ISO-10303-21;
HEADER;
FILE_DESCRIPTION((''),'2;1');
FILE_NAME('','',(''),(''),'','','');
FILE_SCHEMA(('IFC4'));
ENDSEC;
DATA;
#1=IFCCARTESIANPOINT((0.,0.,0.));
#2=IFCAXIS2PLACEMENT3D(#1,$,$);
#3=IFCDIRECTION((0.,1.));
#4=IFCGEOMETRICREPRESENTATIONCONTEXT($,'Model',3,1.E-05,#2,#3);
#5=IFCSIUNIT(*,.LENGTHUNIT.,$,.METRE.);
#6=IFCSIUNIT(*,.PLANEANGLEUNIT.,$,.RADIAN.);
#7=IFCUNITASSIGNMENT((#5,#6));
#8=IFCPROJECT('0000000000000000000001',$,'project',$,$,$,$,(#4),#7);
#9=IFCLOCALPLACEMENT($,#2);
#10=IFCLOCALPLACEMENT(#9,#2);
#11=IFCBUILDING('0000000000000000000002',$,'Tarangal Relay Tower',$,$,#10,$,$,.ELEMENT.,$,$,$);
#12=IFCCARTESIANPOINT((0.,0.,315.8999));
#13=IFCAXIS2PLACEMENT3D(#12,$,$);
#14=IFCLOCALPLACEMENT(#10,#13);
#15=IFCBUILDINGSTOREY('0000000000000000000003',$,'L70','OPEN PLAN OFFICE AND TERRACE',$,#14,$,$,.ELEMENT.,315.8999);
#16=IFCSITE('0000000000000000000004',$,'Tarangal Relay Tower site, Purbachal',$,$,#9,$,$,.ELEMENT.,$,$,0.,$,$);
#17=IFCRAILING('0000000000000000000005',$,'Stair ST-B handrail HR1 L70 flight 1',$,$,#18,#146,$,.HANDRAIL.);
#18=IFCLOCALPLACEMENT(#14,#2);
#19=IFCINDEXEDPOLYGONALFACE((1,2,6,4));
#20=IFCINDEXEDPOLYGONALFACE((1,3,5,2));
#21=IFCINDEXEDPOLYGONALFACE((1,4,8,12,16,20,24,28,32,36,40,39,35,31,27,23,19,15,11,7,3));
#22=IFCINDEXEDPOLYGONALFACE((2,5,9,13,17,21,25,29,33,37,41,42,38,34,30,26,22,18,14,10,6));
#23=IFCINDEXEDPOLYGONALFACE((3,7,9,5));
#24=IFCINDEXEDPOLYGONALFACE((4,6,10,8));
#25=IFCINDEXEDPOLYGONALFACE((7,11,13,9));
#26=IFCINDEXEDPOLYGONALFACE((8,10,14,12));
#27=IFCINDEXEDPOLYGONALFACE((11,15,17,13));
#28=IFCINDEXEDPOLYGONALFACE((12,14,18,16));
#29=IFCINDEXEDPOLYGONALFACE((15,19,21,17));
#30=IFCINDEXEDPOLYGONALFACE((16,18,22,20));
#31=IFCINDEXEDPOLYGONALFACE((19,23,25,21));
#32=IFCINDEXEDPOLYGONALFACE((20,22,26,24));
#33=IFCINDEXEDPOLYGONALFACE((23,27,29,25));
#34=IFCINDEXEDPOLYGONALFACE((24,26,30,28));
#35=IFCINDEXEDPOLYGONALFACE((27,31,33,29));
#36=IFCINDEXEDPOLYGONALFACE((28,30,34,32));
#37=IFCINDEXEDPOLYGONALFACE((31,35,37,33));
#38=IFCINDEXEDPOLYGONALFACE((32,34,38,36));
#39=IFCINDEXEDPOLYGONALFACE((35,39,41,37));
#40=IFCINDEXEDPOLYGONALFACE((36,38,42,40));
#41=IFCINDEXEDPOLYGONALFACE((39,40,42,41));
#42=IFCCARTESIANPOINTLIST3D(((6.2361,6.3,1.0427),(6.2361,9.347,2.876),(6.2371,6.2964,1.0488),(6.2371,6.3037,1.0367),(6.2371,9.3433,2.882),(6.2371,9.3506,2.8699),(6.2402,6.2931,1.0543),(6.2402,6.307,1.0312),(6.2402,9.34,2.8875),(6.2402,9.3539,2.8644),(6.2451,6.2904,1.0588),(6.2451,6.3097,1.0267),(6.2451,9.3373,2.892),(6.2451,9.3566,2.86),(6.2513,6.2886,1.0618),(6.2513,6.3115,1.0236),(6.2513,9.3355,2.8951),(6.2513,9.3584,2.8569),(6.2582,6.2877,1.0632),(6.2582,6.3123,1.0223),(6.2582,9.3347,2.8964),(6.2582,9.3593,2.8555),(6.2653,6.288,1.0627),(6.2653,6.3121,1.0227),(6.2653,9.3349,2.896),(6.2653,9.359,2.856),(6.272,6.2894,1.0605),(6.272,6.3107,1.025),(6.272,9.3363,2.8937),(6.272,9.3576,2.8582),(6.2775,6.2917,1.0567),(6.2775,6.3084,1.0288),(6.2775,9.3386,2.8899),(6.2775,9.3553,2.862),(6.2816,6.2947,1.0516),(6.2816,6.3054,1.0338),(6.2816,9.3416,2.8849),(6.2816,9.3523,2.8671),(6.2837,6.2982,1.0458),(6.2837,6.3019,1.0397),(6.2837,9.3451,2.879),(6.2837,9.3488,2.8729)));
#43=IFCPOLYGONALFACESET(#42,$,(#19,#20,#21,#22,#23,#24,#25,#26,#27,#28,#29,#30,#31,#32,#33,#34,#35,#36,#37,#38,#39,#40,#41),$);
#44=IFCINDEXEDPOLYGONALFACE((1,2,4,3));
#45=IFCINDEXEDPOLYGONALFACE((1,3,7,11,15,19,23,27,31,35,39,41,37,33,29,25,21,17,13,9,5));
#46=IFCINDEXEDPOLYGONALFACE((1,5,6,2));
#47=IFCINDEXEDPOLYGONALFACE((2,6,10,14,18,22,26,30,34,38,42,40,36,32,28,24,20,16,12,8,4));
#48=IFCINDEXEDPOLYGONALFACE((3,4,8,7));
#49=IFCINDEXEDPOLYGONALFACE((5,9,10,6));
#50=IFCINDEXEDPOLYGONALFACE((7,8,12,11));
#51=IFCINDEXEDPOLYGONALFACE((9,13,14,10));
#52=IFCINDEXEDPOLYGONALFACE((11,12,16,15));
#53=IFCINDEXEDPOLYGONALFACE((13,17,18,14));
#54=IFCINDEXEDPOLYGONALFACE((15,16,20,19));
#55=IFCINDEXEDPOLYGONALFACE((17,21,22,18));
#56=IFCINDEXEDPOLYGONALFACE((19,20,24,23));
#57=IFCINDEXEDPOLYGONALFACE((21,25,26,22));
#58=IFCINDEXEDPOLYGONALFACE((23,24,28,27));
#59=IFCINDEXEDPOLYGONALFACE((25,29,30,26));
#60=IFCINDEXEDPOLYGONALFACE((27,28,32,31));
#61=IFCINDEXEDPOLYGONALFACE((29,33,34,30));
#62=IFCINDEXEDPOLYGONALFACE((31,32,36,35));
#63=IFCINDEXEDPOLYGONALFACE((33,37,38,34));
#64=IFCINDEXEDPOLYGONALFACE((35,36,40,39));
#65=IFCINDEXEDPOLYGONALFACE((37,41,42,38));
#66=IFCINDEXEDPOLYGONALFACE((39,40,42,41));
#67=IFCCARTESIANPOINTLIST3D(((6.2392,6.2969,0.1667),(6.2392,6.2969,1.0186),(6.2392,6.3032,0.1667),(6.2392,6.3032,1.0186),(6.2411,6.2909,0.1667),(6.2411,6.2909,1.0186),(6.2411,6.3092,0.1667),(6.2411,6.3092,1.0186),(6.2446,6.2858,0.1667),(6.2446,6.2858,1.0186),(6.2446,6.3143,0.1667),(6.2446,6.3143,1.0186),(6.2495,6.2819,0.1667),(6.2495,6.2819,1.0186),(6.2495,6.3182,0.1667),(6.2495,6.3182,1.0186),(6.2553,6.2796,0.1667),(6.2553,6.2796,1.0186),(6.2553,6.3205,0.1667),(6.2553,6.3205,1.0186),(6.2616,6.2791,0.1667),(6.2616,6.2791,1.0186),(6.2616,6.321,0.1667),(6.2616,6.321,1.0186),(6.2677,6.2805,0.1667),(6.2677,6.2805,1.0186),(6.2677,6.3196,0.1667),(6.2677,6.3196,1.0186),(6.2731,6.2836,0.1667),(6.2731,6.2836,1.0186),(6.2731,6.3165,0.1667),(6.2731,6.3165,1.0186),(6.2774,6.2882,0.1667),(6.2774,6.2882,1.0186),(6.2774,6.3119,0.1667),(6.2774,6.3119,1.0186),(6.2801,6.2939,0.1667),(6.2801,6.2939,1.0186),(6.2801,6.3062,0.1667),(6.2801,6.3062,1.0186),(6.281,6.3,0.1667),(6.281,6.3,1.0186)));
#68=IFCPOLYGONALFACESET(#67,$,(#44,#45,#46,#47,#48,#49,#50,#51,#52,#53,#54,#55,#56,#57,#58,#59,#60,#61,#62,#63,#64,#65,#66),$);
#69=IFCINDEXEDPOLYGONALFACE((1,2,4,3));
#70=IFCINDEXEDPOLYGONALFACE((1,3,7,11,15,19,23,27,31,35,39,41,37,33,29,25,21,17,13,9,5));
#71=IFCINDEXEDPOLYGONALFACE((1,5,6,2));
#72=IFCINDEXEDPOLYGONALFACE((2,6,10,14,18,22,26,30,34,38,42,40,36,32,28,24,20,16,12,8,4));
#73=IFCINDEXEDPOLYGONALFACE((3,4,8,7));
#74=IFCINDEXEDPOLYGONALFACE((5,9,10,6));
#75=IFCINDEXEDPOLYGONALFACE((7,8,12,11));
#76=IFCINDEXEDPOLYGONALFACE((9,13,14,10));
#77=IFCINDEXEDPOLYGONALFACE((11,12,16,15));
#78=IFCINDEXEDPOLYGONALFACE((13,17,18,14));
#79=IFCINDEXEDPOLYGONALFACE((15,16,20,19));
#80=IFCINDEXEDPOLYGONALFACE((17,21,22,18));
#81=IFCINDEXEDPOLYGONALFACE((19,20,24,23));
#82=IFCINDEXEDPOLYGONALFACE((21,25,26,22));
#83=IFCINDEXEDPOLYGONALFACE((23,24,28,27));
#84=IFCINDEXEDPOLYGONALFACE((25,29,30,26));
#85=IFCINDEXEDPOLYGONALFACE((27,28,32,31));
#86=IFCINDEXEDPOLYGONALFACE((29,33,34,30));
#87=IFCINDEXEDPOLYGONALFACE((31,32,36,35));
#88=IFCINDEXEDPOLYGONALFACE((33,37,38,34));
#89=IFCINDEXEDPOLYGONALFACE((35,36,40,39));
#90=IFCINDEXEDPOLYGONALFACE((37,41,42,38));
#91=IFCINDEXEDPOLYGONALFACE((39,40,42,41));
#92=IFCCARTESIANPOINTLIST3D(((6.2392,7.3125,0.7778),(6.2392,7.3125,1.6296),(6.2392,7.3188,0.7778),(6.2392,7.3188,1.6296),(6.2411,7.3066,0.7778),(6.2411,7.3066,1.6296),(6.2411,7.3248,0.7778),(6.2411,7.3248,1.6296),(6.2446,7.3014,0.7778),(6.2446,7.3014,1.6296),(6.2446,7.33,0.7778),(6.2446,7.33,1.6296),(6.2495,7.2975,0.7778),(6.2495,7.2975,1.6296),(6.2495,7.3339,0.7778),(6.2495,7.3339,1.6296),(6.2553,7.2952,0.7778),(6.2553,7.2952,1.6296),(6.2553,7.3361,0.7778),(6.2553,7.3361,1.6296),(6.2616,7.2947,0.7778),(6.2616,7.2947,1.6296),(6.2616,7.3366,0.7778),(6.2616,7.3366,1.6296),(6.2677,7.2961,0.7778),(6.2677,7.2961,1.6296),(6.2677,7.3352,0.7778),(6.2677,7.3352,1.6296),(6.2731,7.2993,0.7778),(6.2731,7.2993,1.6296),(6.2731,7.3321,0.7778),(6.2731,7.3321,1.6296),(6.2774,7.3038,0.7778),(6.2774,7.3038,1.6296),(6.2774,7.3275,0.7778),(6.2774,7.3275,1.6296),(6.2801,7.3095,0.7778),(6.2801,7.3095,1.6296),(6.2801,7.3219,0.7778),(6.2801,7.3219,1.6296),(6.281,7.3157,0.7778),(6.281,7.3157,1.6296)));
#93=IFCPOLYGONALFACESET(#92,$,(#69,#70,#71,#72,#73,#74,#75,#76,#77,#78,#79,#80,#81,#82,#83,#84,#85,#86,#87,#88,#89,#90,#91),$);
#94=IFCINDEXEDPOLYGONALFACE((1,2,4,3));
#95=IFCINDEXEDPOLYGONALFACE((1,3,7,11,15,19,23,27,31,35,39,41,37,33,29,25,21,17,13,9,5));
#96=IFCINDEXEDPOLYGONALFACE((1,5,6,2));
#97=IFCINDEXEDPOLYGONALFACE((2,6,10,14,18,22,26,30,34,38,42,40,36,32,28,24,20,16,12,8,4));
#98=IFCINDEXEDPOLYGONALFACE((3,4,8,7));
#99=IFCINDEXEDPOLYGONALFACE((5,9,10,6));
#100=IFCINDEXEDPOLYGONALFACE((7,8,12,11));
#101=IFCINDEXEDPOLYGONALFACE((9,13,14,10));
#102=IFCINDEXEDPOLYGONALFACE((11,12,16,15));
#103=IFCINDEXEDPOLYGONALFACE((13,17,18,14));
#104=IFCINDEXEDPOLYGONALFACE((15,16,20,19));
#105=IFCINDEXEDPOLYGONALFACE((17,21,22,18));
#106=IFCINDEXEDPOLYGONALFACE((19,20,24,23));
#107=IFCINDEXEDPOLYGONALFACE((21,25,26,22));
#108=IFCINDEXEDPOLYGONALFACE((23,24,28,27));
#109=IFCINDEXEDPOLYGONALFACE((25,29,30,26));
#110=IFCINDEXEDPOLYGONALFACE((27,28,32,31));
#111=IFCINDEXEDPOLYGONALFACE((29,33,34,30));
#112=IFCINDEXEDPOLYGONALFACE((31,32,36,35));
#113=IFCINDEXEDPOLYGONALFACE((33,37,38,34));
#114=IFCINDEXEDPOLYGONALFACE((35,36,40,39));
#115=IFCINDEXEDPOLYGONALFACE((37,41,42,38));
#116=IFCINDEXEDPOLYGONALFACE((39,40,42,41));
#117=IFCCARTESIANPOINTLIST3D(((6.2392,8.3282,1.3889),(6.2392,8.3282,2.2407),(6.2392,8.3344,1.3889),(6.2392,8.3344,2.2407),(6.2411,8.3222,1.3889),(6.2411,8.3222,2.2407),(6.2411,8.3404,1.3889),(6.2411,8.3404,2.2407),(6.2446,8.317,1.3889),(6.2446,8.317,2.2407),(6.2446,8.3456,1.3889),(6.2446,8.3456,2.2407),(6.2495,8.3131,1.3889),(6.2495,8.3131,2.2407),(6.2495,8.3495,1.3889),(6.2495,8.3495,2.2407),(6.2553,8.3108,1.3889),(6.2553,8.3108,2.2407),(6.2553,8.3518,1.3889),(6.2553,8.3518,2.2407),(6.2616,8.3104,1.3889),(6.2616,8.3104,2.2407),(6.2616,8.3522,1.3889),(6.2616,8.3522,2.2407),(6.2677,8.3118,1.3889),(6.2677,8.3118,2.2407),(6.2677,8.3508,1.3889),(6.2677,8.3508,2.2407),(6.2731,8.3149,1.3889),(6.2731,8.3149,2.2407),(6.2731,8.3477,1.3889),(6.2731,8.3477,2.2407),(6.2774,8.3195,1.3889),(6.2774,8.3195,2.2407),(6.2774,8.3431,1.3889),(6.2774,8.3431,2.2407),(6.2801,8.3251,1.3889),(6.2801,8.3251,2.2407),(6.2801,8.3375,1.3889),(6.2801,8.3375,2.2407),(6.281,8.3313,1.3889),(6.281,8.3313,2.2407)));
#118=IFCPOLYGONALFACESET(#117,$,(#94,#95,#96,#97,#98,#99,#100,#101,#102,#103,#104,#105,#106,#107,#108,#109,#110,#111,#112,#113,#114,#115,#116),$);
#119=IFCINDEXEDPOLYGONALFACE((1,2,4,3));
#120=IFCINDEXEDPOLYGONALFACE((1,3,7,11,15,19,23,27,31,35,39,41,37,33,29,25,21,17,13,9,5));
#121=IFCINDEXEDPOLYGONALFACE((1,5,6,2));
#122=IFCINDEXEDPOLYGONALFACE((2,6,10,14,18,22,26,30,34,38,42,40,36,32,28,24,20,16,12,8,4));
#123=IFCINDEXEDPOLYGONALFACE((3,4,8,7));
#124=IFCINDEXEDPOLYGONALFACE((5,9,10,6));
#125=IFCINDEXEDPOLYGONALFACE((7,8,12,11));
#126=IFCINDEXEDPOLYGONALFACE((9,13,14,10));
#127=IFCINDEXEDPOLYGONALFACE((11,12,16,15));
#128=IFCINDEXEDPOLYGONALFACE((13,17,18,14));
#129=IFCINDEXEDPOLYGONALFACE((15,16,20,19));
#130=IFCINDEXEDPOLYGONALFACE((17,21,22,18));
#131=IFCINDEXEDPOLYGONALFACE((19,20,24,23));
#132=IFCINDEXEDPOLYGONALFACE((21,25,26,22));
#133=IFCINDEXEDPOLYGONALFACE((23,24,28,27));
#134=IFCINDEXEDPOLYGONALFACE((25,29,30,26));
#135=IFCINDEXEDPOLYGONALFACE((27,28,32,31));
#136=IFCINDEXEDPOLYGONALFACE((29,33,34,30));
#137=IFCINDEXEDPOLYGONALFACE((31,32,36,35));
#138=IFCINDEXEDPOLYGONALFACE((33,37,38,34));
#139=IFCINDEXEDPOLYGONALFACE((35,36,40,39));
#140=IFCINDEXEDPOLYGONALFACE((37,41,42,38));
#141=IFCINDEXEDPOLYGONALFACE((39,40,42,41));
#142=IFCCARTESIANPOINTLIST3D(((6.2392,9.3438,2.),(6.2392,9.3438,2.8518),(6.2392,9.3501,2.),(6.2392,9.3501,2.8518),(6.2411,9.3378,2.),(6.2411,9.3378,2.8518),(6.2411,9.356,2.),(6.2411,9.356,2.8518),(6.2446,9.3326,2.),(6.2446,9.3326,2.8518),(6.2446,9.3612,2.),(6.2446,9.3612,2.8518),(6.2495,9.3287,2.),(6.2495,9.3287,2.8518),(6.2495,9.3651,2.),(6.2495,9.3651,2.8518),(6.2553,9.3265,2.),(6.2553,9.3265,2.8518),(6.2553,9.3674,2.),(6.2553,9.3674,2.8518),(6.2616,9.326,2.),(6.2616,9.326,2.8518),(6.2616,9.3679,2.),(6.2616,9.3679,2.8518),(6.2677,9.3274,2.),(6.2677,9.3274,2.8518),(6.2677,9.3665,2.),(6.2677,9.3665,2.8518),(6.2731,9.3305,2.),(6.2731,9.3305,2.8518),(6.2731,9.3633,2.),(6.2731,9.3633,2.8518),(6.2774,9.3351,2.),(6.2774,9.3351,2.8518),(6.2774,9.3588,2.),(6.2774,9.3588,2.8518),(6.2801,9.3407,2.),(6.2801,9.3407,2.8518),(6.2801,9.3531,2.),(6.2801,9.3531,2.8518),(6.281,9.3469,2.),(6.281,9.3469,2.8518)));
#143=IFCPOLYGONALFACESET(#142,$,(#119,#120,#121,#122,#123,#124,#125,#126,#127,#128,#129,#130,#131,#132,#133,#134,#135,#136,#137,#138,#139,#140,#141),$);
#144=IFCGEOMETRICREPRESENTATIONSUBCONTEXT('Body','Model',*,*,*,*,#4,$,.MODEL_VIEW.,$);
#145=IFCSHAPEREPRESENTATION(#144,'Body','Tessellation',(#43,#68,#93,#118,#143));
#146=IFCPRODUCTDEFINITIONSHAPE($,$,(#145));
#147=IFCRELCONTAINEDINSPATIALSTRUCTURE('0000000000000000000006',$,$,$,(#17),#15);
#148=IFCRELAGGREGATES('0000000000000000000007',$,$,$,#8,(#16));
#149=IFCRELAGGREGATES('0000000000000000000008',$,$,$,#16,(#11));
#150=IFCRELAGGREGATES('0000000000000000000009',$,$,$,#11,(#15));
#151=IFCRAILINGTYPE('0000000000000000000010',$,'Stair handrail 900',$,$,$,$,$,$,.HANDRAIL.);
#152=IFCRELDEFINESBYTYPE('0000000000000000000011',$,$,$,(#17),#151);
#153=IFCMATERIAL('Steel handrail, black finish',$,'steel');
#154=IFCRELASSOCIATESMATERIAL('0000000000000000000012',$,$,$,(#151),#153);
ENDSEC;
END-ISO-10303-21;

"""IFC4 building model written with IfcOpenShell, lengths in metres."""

from ifc_helpers import new_model, si_unit, direction, frame, origin, origin_2d, place, context, subcontext, project, spatial, circle, extrude, material, type_object, element, save


model = new_model("IFC4")

# Units and contexts
model_context = context("Model", 3, precision=1e-05, world=origin(), true_north=direction((0.0, 1.0)))
body_context = subcontext(model_context, "Body", "Model", "MODEL_VIEW")
ifc_project = project(units=[si_unit("LENGTHUNIT", "METRE"), si_unit("PLANEANGLEUNIT", "RADIAN")], contexts=[model_context])

# Site, building, storey
site_placement = place(None, origin())
site = spatial("IfcSite", under=ifc_project, at=site_placement, Name="Tarangal Relay Tower site, Purbachal", CompositionType="ELEMENT", RefElevation=0.0)
building_placement = place(site_placement, origin())
building = spatial("IfcBuilding", under=site, at=building_placement, Name="Tarangal Relay Tower", CompositionType="ELEMENT")
storey_placement = place(building_placement, frame((0.0, 0.0, 315.8999)))
storey = spatial("IfcBuildingStorey", under=building, at=storey_placement, Name="L70", Description="OPEN PLAN OFFICE AND TERRACE", CompositionType="ELEMENT", Elevation=315.8999)

# Railing
ifc_material_1 = material(Name="Steel handrail, black finish", Category="steel")
railing_type_1 = type_object("IfcRailingType", Name="Stair handrail 900", PredefinedType="HANDRAIL", material=ifc_material_1)
railing_1_placement = place(storey_placement, frame((6.26, 6.3, 0.1667)))
element("IfcRailing", 1, at=railing_1_placement, inside=storey, type_object=railing_type_1, Name="Stair ST-B handrail HR1 L70 flight 1", PredefinedType="HANDRAIL", context=body_context, shape_type="SweptSolid", body=[
    extrude(circle(Radius=0.0239, at=origin_2d()), frame((0.0, 0.0, 0.876), z_axis=(0.0, 0.856856, 0.515556), x_axis=(-1.0, 0.0, 0.0)), (0.0, 0.0, 1.0), 3.5559),
    extrude(circle(Radius=0.021, at=origin_2d()), origin(), (0.0, 0.0, 1.0), 0.8518),
    extrude(circle(Radius=0.021, at=origin_2d()), frame((0.0, 1.0156, 0.6111)), (0.0, 0.0, 1.0), 0.8518),
    extrude(circle(Radius=0.021, at=origin_2d()), frame((0.0, 2.0312, 1.2222)), (0.0, 0.0, 1.0), 0.8518),
    extrude(circle(Radius=0.021, at=origin_2d()), frame((0.0, 3.0469, 1.8333)), (0.0, 0.0, 1.0), 0.8518),
])

save(model, "model.ifc")
